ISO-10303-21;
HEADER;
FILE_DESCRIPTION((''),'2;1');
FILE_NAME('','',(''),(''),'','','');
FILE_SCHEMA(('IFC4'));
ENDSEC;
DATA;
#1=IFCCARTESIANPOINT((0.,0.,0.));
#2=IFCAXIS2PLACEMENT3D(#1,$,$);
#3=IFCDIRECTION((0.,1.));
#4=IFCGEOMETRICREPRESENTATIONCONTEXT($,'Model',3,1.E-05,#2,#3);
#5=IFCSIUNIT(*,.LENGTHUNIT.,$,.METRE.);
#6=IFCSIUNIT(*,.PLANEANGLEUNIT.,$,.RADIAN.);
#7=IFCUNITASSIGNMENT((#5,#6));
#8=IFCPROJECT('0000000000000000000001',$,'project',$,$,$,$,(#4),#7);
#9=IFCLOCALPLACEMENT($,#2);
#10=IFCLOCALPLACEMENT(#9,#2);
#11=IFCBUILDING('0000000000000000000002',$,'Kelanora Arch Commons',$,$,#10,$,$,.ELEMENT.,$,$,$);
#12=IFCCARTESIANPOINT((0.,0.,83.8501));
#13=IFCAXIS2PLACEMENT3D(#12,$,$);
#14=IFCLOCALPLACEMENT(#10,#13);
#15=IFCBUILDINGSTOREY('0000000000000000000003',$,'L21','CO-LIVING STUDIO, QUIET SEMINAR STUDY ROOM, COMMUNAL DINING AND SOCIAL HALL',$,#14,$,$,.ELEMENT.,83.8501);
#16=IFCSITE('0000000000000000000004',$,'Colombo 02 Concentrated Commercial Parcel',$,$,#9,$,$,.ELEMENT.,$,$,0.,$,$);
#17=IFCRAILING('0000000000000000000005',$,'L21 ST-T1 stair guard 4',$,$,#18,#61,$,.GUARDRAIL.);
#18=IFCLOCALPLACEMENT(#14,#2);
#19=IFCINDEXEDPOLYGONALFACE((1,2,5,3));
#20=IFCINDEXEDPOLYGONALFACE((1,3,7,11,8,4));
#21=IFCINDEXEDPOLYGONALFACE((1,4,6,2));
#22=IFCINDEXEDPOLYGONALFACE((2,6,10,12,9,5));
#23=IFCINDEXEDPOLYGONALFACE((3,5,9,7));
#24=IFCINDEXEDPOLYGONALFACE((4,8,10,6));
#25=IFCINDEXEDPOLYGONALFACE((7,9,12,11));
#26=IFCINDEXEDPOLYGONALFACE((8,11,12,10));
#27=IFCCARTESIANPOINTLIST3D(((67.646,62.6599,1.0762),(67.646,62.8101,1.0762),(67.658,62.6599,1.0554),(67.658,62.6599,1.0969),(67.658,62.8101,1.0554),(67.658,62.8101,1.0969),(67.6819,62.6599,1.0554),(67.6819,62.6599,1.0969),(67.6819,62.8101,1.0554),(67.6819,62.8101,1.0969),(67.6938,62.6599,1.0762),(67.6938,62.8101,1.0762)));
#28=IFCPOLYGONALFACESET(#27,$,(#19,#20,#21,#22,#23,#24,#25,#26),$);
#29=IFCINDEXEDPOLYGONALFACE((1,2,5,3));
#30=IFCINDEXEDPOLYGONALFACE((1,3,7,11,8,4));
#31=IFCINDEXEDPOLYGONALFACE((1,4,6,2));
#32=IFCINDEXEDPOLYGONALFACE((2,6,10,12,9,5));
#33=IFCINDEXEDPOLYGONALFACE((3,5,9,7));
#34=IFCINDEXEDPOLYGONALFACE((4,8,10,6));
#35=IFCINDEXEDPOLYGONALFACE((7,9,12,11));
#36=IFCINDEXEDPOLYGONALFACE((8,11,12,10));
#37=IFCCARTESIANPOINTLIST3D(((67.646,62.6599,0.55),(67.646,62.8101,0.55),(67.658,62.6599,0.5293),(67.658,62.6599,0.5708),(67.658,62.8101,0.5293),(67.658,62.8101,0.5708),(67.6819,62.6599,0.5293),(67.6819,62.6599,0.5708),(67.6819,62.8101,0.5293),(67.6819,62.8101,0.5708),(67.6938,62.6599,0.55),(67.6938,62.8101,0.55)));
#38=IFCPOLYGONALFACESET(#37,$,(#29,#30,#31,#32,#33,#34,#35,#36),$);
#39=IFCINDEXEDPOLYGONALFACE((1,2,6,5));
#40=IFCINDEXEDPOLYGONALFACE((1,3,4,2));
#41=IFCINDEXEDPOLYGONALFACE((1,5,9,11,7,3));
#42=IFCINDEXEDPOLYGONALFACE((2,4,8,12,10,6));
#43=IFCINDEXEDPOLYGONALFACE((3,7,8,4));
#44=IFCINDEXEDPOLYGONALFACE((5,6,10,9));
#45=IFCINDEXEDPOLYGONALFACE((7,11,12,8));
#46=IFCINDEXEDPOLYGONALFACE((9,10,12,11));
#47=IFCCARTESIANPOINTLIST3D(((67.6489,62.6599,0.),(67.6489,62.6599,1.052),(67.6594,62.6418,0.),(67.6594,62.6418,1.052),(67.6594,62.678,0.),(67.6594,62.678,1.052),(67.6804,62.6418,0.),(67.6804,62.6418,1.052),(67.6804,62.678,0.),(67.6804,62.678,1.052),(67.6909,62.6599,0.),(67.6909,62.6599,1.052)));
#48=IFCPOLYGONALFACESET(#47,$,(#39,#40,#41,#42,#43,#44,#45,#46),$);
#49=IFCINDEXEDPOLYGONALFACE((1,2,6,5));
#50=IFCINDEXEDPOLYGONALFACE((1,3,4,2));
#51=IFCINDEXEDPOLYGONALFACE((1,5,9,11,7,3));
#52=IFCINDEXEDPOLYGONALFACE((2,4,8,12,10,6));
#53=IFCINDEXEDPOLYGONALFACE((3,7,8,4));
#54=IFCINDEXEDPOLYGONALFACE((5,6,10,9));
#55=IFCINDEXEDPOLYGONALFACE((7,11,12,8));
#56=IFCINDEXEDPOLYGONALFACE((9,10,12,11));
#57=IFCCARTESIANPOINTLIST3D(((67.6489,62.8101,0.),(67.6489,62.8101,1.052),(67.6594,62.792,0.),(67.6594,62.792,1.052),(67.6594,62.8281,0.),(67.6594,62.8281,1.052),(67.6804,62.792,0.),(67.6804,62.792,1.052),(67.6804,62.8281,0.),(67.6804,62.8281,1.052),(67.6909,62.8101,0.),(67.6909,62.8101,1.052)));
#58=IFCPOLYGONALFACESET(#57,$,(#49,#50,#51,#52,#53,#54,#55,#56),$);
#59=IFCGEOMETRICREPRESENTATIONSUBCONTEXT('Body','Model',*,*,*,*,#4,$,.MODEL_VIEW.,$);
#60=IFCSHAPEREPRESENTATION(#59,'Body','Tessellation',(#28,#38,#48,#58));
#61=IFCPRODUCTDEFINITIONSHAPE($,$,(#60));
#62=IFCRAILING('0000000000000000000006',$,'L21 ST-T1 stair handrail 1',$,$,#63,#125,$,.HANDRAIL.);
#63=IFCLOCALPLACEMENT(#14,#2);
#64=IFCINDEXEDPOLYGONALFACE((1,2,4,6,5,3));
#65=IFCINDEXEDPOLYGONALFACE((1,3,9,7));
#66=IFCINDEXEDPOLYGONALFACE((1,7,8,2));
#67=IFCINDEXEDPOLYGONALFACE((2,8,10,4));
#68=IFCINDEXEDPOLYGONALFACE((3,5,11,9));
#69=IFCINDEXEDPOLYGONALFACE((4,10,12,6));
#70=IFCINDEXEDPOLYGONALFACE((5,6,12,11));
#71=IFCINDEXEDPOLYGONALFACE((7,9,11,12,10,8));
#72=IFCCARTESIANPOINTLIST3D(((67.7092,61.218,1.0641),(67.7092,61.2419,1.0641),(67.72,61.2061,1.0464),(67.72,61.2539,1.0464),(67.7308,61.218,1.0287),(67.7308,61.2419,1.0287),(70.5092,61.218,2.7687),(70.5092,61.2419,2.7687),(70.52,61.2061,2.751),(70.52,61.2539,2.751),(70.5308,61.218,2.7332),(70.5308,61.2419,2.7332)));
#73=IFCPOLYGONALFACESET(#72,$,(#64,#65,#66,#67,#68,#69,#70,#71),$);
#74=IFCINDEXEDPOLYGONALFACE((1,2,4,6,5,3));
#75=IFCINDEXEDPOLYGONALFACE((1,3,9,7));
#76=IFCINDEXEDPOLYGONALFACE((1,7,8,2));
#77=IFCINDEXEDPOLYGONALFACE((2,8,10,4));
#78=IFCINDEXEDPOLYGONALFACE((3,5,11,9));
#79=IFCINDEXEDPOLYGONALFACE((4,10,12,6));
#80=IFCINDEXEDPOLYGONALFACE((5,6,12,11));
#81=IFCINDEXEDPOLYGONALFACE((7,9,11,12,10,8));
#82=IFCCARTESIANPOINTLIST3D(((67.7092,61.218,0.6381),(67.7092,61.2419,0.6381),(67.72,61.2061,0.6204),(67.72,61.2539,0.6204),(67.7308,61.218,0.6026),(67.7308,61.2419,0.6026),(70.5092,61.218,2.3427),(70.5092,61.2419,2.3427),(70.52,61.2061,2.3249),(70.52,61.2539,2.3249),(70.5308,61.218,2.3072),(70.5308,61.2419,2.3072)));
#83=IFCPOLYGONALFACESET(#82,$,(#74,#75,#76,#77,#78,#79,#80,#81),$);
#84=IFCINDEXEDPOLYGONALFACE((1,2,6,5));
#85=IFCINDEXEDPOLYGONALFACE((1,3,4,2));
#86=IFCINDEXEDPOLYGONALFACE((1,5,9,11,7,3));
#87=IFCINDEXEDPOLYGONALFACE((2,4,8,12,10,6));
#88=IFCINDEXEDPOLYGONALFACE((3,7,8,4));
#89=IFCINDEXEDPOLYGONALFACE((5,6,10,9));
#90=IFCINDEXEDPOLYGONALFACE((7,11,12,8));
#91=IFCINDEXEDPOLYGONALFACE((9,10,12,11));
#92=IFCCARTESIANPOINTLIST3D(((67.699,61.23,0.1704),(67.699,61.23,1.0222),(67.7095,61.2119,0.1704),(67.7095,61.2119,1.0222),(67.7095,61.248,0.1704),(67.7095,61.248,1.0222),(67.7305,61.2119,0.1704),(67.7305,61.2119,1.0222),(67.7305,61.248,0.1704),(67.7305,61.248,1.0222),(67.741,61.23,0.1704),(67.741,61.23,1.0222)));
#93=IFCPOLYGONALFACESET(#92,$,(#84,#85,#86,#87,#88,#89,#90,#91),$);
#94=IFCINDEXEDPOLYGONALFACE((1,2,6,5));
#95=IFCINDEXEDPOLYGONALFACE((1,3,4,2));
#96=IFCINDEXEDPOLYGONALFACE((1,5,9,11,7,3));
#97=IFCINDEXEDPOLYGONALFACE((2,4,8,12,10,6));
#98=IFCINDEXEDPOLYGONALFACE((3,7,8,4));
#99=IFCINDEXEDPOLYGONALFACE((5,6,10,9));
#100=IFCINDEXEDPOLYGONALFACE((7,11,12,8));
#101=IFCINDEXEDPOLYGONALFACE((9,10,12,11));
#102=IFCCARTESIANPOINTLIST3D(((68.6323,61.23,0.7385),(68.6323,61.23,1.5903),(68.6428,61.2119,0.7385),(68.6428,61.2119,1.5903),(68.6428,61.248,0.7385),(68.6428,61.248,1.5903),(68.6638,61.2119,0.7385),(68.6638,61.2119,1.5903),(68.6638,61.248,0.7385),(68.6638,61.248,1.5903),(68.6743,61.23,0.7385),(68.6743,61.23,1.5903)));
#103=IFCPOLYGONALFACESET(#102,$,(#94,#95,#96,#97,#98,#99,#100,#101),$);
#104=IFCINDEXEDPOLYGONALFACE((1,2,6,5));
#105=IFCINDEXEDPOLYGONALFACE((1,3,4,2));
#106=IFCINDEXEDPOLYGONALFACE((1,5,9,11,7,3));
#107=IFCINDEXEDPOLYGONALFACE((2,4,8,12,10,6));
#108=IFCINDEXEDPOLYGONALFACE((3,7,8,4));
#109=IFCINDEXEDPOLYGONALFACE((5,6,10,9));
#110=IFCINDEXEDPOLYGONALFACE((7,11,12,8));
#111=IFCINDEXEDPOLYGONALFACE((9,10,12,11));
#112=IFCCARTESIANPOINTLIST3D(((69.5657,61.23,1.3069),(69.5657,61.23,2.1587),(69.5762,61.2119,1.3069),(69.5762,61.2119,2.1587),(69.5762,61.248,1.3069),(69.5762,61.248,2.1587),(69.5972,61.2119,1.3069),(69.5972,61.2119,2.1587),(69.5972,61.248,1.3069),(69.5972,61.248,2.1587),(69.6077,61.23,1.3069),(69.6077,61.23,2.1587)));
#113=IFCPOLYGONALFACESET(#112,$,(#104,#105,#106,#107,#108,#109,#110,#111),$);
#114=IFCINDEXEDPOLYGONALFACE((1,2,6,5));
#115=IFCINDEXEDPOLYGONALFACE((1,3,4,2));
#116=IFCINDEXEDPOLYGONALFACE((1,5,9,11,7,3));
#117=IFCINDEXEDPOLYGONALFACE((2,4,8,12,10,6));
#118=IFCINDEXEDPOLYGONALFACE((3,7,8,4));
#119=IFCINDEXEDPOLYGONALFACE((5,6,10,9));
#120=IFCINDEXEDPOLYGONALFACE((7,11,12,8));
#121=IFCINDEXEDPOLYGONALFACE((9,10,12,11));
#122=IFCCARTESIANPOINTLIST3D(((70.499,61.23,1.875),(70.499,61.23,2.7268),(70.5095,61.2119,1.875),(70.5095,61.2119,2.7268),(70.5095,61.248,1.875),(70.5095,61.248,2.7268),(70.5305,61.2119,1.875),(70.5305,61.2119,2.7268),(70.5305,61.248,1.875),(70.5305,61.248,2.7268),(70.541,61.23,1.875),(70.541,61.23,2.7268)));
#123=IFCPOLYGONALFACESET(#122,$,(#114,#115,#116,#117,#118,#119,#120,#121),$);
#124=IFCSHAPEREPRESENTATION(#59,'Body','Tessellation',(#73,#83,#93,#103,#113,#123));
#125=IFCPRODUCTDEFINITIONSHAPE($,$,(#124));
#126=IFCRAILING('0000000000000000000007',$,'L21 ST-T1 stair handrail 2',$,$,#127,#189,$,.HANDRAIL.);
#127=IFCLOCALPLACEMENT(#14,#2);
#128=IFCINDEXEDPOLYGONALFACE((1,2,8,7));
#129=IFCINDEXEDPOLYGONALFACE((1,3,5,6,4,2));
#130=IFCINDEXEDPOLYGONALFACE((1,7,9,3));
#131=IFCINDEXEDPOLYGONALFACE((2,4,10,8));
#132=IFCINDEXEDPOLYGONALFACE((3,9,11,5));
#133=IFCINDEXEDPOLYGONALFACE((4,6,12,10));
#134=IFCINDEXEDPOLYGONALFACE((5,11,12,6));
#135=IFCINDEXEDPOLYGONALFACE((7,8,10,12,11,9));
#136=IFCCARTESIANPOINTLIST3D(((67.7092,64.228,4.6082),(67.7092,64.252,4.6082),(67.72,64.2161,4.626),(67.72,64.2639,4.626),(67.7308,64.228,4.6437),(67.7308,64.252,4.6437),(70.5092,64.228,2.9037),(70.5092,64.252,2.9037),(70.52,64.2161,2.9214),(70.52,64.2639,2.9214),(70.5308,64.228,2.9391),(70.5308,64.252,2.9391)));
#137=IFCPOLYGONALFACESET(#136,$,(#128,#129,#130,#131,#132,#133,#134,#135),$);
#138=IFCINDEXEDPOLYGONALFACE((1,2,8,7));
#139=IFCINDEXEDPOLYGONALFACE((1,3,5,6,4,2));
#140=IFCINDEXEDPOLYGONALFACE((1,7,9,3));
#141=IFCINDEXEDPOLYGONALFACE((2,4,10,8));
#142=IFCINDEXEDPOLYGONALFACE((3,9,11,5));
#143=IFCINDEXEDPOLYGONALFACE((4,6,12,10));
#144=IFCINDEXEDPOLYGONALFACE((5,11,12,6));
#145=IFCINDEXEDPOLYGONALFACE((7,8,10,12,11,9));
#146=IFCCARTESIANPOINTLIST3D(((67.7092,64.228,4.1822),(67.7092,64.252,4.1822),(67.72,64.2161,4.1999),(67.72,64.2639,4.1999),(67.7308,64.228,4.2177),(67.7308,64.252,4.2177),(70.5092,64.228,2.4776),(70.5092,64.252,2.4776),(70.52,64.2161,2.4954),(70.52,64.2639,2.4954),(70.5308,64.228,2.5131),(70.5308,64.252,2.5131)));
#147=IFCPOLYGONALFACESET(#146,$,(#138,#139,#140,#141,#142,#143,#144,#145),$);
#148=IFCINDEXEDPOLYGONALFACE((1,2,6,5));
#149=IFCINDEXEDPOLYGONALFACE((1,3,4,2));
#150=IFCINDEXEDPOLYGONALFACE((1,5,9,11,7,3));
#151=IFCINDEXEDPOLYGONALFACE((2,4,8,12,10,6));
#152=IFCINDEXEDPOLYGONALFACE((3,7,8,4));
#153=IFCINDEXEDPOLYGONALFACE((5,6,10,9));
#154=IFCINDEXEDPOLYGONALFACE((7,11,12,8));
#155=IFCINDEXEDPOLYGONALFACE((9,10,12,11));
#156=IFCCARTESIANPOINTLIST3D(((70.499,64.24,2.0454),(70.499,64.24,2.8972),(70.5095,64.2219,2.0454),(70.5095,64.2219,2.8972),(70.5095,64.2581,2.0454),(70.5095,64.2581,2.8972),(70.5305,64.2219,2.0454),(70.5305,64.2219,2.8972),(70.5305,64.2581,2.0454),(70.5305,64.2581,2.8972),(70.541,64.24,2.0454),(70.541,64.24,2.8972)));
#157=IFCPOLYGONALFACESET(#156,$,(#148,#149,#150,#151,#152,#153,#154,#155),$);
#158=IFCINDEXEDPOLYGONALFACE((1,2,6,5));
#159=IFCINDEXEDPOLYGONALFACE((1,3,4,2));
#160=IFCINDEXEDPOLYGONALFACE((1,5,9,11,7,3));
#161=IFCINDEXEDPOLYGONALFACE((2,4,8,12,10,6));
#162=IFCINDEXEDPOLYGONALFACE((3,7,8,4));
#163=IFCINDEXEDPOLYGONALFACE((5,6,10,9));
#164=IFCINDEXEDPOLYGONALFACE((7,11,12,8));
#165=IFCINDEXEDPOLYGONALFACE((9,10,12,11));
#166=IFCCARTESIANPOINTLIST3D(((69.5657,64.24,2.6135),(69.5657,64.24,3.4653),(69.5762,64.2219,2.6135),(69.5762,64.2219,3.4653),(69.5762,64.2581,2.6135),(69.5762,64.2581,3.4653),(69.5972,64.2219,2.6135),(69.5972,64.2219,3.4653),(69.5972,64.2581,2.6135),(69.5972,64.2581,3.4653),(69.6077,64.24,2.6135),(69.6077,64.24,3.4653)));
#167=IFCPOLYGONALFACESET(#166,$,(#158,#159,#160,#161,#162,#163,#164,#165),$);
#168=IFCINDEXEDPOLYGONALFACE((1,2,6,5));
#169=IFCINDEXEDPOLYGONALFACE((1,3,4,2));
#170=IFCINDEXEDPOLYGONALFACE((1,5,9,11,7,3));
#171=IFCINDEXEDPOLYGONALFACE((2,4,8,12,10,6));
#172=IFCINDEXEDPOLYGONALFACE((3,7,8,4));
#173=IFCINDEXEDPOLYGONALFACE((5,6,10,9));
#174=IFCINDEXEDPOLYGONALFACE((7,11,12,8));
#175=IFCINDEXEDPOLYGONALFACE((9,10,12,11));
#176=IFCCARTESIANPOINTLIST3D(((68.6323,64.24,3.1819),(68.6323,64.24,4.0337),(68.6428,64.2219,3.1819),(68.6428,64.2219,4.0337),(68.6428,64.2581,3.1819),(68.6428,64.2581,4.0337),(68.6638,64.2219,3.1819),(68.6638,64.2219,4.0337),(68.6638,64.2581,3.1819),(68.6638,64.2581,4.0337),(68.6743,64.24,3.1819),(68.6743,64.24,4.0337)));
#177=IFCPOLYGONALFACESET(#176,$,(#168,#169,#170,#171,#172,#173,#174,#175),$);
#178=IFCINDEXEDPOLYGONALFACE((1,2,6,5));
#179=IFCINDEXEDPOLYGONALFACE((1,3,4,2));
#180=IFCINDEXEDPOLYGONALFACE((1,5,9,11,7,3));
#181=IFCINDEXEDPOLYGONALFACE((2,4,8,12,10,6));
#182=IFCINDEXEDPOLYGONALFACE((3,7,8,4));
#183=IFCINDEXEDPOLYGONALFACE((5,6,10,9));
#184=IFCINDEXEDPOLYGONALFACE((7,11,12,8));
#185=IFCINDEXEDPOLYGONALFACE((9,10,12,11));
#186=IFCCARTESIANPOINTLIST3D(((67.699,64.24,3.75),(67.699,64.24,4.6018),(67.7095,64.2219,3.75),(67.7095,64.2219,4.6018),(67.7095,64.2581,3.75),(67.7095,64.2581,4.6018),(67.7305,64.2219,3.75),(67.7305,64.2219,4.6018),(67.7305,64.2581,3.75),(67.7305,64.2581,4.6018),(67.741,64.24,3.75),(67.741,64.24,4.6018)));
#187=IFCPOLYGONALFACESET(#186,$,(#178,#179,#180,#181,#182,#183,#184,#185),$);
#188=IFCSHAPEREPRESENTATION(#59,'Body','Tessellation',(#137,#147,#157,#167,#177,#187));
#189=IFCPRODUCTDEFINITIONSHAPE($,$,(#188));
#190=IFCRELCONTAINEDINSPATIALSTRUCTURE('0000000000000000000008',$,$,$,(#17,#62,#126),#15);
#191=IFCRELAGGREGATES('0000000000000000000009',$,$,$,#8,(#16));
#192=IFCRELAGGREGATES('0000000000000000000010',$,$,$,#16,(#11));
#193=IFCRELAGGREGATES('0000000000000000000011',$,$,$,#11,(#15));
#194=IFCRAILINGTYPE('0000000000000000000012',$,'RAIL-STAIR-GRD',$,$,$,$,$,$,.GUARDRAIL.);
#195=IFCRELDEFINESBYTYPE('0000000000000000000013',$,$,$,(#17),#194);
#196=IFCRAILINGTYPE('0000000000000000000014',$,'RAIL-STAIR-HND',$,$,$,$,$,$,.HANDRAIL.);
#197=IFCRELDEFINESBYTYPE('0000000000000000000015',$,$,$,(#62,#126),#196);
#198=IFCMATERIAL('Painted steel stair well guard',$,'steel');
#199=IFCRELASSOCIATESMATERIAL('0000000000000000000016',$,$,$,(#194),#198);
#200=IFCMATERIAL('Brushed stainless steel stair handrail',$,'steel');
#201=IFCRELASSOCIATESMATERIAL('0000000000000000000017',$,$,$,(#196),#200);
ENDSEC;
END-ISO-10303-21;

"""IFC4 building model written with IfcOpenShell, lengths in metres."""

from ifc_helpers import new_model, si_unit, direction, frame, origin, place, context, subcontext, project, spatial, polyline, outline, extrude, material, type_object, element, save


model = new_model("IFC4")

# Units and contexts
model_context = context("Model", 3, precision=1e-05, world=origin(), true_north=direction((0.0, 1.0)))
body_context = subcontext(model_context, "Body", "Model", "MODEL_VIEW")
ifc_project = project(units=[si_unit("LENGTHUNIT", "METRE"), si_unit("PLANEANGLEUNIT", "RADIAN")], contexts=[model_context])

# Site, building, storey
site_placement = place(None, origin())
site = spatial("IfcSite", under=ifc_project, at=site_placement, Name="Colombo 02 Concentrated Commercial Parcel", CompositionType="ELEMENT", RefElevation=0.0)
building_placement = place(site_placement, origin())
building = spatial("IfcBuilding", under=site, at=building_placement, Name="Kelanora Arch Commons", CompositionType="ELEMENT")
storey_placement = place(building_placement, frame((0.0, 0.0, 83.8501)))
storey = spatial("IfcBuildingStorey", under=building, at=storey_placement, Name="L21", Description="CO-LIVING STUDIO, QUIET SEMINAR STUDY ROOM, COMMUNAL DINING AND SOCIAL HALL", CompositionType="ELEMENT", Elevation=83.8501)

# Railings
ifc_material_1 = material(Name="Painted steel stair well guard", Category="steel")
railing_type_1 = type_object("IfcRailingType", Name="RAIL-STAIR-GRD", PredefinedType="GUARDRAIL", material=ifc_material_1)
railing_1_placement = place(storey_placement, frame((67.6699, 62.6599, 0.0)))
element("IfcRailing", 1, at=railing_1_placement, inside=storey, type_object=railing_type_1, Name="L21 ST-T1 stair guard 4", PredefinedType="GUARDRAIL", context=body_context, shape_type="SweptSolid", body=[
    extrude(outline(polyline([(0.0239, 0.0), (0.012, 0.0208), (-0.012, 0.0208), (-0.0239, 0.0), (-0.012, -0.0208), (0.012, -0.0208), (0.0239, 0.0)])), frame((0.0, 0.0, 1.0762), z_axis=(0.0, 1.0, 0.0), x_axis=(-1.0, 0.0, 0.0)), (0.0, 0.0, 1.0), 0.1501),
    extrude(outline(polyline([(0.0239, 0.0), (0.012, 0.0208), (-0.012, 0.0208), (-0.0239, 0.0), (-0.012, -0.0208), (0.012, -0.0208), (0.0239, 0.0)])), frame((0.0, 0.0, 0.55), z_axis=(0.0, 1.0, 0.0), x_axis=(-1.0, 0.0, 0.0)), (0.0, 0.0, 1.0), 0.1501),
    extrude(outline(polyline([(0.021, 0.0), (0.0105, 0.0181), (-0.0105, 0.0181), (-0.021, 0.0), (-0.0105, -0.0181), (0.0105, -0.0181), (0.021, 0.0)])), origin(), (0.0, 0.0, 1.0), 1.052),
    extrude(outline(polyline([(0.021, 0.0), (0.0105, 0.0181), (-0.0105, 0.0181), (-0.021, 0.0), (-0.0105, -0.0181), (0.0105, -0.0181), (0.021, 0.0)])), frame((0.0, 0.1501, 0.0)), (0.0, 0.0, 1.0), 1.052),
])
ifc_material_2 = material(Name="Brushed stainless steel stair handrail", Category="steel")
railing_type_2 = type_object("IfcRailingType", Name="RAIL-STAIR-HND", PredefinedType="HANDRAIL", material=ifc_material_2)
railing_2_placement = place(storey_placement, frame((67.72, 61.23, 0.1704)))
element("IfcRailing", 2, at=railing_2_placement, inside=storey, type_object=railing_type_2, Name="L21 ST-T1 stair handrail 1", PredefinedType="HANDRAIL", context=body_context, shape_type="SweptSolid", body=[
    extrude(outline(polyline([(0.0239, 0.0), (0.012, 0.0208), (-0.012, 0.0208), (-0.0239, 0.0), (-0.012, -0.0208), (0.012, -0.0208), (0.0239, 0.0)])), frame((0.0, 0.0, 0.876), z_axis=(0.85417, 0.0, 0.519994), x_axis=(0.0, 1.0, 0.0)), (0.0, 0.0, 1.0), 3.2781),
    extrude(outline(polyline([(0.0239, 0.0), (0.012, 0.0208), (-0.012, 0.0208), (-0.0239, 0.0), (-0.012, -0.0208), (0.012, -0.0208), (0.0239, 0.0)])), frame((0.0, 0.0, 0.45), z_axis=(0.85417, 0.0, 0.519994), x_axis=(0.0, 1.0, 0.0)), (0.0, 0.0, 1.0), 3.2781),
    extrude(outline(polyline([(0.021, 0.0), (0.0105, 0.0181), (-0.0105, 0.0181), (-0.021, 0.0), (-0.0105, -0.0181), (0.0105, -0.0181), (0.021, 0.0)])), origin(), (0.0, 0.0, 1.0), 0.8518),
    extrude(outline(polyline([(0.021, 0.0), (0.0105, 0.0181), (-0.0105, 0.0181), (-0.021, 0.0), (-0.0105, -0.0181), (0.0105, -0.0181), (0.021, 0.0)])), frame((0.9333, 0.0, 0.5681)), (0.0, 0.0, 1.0), 0.8518),
    extrude(outline(polyline([(0.021, 0.0), (0.0105, 0.0181), (-0.0105, 0.0181), (-0.021, 0.0), (-0.0105, -0.0181), (0.0105, -0.0181), (0.021, 0.0)])), frame((1.8667, 0.0, 1.1365)), (0.0, 0.0, 1.0), 0.8518),
    extrude(outline(polyline([(0.021, 0.0), (0.0105, 0.0181), (-0.0105, 0.0181), (-0.021, 0.0), (-0.0105, -0.0181), (0.0105, -0.0181), (0.021, 0.0)])), frame((2.8, 0.0, 1.7046)), (0.0, 0.0, 1.0), 0.8518),
])
railing_3_placement = place(storey_placement, frame((70.52, 64.24, 2.0454)))
element("IfcRailing", 3, at=railing_3_placement, inside=storey, type_object=railing_type_2, Name="L21 ST-T1 stair handrail 2", PredefinedType="HANDRAIL", context=body_context, shape_type="SweptSolid", body=[
    extrude(outline(polyline([(0.0239, 0.0), (0.012, 0.0208), (-0.012, 0.0208), (-0.0239, 0.0), (-0.012, -0.0208), (0.012, -0.0208), (0.0239, 0.0)])), frame((0.0, 0.0, 0.876), z_axis=(-0.85417, 0.0, 0.519994), x_axis=(0.0, -1.0, 0.0)), (0.0, 0.0, 1.0), 3.2781),
    extrude(outline(polyline([(0.0239, 0.0), (0.012, 0.0208), (-0.012, 0.0208), (-0.0239, 0.0), (-0.012, -0.0208), (0.012, -0.0208), (0.0239, 0.0)])), frame((0.0, 0.0, 0.45), z_axis=(-0.85417, 0.0, 0.519994), x_axis=(0.0, -1.0, 0.0)), (0.0, 0.0, 1.0), 3.2781),
    extrude(outline(polyline([(0.021, 0.0), (0.0105, 0.0181), (-0.0105, 0.0181), (-0.021, 0.0), (-0.0105, -0.0181), (0.0105, -0.0181), (0.021, 0.0)])), origin(), (0.0, 0.0, 1.0), 0.8518),
    extrude(outline(polyline([(0.021, 0.0), (0.0105, 0.0181), (-0.0105, 0.0181), (-0.021, 0.0), (-0.0105, -0.0181), (0.0105, -0.0181), (0.021, 0.0)])), frame((-0.9333, 0.0, 0.5681)), (0.0, 0.0, 1.0), 0.8518),
    extrude(outline(polyline([(0.021, 0.0), (0.0105, 0.0181), (-0.0105, 0.0181), (-0.021, 0.0), (-0.0105, -0.0181), (0.0105, -0.0181), (0.021, 0.0)])), frame((-1.8667, 0.0, 1.1365)), (0.0, 0.0, 1.0), 0.8518),
    extrude(outline(polyline([(0.021, 0.0), (0.0105, 0.0181), (-0.0105, 0.0181), (-0.021, 0.0), (-0.0105, -0.0181), (0.0105, -0.0181), (0.021, 0.0)])), frame((-2.8, 0.0, 1.7046)), (0.0, 0.0, 1.0), 0.8518),
])

save(model, "model.ifc")
